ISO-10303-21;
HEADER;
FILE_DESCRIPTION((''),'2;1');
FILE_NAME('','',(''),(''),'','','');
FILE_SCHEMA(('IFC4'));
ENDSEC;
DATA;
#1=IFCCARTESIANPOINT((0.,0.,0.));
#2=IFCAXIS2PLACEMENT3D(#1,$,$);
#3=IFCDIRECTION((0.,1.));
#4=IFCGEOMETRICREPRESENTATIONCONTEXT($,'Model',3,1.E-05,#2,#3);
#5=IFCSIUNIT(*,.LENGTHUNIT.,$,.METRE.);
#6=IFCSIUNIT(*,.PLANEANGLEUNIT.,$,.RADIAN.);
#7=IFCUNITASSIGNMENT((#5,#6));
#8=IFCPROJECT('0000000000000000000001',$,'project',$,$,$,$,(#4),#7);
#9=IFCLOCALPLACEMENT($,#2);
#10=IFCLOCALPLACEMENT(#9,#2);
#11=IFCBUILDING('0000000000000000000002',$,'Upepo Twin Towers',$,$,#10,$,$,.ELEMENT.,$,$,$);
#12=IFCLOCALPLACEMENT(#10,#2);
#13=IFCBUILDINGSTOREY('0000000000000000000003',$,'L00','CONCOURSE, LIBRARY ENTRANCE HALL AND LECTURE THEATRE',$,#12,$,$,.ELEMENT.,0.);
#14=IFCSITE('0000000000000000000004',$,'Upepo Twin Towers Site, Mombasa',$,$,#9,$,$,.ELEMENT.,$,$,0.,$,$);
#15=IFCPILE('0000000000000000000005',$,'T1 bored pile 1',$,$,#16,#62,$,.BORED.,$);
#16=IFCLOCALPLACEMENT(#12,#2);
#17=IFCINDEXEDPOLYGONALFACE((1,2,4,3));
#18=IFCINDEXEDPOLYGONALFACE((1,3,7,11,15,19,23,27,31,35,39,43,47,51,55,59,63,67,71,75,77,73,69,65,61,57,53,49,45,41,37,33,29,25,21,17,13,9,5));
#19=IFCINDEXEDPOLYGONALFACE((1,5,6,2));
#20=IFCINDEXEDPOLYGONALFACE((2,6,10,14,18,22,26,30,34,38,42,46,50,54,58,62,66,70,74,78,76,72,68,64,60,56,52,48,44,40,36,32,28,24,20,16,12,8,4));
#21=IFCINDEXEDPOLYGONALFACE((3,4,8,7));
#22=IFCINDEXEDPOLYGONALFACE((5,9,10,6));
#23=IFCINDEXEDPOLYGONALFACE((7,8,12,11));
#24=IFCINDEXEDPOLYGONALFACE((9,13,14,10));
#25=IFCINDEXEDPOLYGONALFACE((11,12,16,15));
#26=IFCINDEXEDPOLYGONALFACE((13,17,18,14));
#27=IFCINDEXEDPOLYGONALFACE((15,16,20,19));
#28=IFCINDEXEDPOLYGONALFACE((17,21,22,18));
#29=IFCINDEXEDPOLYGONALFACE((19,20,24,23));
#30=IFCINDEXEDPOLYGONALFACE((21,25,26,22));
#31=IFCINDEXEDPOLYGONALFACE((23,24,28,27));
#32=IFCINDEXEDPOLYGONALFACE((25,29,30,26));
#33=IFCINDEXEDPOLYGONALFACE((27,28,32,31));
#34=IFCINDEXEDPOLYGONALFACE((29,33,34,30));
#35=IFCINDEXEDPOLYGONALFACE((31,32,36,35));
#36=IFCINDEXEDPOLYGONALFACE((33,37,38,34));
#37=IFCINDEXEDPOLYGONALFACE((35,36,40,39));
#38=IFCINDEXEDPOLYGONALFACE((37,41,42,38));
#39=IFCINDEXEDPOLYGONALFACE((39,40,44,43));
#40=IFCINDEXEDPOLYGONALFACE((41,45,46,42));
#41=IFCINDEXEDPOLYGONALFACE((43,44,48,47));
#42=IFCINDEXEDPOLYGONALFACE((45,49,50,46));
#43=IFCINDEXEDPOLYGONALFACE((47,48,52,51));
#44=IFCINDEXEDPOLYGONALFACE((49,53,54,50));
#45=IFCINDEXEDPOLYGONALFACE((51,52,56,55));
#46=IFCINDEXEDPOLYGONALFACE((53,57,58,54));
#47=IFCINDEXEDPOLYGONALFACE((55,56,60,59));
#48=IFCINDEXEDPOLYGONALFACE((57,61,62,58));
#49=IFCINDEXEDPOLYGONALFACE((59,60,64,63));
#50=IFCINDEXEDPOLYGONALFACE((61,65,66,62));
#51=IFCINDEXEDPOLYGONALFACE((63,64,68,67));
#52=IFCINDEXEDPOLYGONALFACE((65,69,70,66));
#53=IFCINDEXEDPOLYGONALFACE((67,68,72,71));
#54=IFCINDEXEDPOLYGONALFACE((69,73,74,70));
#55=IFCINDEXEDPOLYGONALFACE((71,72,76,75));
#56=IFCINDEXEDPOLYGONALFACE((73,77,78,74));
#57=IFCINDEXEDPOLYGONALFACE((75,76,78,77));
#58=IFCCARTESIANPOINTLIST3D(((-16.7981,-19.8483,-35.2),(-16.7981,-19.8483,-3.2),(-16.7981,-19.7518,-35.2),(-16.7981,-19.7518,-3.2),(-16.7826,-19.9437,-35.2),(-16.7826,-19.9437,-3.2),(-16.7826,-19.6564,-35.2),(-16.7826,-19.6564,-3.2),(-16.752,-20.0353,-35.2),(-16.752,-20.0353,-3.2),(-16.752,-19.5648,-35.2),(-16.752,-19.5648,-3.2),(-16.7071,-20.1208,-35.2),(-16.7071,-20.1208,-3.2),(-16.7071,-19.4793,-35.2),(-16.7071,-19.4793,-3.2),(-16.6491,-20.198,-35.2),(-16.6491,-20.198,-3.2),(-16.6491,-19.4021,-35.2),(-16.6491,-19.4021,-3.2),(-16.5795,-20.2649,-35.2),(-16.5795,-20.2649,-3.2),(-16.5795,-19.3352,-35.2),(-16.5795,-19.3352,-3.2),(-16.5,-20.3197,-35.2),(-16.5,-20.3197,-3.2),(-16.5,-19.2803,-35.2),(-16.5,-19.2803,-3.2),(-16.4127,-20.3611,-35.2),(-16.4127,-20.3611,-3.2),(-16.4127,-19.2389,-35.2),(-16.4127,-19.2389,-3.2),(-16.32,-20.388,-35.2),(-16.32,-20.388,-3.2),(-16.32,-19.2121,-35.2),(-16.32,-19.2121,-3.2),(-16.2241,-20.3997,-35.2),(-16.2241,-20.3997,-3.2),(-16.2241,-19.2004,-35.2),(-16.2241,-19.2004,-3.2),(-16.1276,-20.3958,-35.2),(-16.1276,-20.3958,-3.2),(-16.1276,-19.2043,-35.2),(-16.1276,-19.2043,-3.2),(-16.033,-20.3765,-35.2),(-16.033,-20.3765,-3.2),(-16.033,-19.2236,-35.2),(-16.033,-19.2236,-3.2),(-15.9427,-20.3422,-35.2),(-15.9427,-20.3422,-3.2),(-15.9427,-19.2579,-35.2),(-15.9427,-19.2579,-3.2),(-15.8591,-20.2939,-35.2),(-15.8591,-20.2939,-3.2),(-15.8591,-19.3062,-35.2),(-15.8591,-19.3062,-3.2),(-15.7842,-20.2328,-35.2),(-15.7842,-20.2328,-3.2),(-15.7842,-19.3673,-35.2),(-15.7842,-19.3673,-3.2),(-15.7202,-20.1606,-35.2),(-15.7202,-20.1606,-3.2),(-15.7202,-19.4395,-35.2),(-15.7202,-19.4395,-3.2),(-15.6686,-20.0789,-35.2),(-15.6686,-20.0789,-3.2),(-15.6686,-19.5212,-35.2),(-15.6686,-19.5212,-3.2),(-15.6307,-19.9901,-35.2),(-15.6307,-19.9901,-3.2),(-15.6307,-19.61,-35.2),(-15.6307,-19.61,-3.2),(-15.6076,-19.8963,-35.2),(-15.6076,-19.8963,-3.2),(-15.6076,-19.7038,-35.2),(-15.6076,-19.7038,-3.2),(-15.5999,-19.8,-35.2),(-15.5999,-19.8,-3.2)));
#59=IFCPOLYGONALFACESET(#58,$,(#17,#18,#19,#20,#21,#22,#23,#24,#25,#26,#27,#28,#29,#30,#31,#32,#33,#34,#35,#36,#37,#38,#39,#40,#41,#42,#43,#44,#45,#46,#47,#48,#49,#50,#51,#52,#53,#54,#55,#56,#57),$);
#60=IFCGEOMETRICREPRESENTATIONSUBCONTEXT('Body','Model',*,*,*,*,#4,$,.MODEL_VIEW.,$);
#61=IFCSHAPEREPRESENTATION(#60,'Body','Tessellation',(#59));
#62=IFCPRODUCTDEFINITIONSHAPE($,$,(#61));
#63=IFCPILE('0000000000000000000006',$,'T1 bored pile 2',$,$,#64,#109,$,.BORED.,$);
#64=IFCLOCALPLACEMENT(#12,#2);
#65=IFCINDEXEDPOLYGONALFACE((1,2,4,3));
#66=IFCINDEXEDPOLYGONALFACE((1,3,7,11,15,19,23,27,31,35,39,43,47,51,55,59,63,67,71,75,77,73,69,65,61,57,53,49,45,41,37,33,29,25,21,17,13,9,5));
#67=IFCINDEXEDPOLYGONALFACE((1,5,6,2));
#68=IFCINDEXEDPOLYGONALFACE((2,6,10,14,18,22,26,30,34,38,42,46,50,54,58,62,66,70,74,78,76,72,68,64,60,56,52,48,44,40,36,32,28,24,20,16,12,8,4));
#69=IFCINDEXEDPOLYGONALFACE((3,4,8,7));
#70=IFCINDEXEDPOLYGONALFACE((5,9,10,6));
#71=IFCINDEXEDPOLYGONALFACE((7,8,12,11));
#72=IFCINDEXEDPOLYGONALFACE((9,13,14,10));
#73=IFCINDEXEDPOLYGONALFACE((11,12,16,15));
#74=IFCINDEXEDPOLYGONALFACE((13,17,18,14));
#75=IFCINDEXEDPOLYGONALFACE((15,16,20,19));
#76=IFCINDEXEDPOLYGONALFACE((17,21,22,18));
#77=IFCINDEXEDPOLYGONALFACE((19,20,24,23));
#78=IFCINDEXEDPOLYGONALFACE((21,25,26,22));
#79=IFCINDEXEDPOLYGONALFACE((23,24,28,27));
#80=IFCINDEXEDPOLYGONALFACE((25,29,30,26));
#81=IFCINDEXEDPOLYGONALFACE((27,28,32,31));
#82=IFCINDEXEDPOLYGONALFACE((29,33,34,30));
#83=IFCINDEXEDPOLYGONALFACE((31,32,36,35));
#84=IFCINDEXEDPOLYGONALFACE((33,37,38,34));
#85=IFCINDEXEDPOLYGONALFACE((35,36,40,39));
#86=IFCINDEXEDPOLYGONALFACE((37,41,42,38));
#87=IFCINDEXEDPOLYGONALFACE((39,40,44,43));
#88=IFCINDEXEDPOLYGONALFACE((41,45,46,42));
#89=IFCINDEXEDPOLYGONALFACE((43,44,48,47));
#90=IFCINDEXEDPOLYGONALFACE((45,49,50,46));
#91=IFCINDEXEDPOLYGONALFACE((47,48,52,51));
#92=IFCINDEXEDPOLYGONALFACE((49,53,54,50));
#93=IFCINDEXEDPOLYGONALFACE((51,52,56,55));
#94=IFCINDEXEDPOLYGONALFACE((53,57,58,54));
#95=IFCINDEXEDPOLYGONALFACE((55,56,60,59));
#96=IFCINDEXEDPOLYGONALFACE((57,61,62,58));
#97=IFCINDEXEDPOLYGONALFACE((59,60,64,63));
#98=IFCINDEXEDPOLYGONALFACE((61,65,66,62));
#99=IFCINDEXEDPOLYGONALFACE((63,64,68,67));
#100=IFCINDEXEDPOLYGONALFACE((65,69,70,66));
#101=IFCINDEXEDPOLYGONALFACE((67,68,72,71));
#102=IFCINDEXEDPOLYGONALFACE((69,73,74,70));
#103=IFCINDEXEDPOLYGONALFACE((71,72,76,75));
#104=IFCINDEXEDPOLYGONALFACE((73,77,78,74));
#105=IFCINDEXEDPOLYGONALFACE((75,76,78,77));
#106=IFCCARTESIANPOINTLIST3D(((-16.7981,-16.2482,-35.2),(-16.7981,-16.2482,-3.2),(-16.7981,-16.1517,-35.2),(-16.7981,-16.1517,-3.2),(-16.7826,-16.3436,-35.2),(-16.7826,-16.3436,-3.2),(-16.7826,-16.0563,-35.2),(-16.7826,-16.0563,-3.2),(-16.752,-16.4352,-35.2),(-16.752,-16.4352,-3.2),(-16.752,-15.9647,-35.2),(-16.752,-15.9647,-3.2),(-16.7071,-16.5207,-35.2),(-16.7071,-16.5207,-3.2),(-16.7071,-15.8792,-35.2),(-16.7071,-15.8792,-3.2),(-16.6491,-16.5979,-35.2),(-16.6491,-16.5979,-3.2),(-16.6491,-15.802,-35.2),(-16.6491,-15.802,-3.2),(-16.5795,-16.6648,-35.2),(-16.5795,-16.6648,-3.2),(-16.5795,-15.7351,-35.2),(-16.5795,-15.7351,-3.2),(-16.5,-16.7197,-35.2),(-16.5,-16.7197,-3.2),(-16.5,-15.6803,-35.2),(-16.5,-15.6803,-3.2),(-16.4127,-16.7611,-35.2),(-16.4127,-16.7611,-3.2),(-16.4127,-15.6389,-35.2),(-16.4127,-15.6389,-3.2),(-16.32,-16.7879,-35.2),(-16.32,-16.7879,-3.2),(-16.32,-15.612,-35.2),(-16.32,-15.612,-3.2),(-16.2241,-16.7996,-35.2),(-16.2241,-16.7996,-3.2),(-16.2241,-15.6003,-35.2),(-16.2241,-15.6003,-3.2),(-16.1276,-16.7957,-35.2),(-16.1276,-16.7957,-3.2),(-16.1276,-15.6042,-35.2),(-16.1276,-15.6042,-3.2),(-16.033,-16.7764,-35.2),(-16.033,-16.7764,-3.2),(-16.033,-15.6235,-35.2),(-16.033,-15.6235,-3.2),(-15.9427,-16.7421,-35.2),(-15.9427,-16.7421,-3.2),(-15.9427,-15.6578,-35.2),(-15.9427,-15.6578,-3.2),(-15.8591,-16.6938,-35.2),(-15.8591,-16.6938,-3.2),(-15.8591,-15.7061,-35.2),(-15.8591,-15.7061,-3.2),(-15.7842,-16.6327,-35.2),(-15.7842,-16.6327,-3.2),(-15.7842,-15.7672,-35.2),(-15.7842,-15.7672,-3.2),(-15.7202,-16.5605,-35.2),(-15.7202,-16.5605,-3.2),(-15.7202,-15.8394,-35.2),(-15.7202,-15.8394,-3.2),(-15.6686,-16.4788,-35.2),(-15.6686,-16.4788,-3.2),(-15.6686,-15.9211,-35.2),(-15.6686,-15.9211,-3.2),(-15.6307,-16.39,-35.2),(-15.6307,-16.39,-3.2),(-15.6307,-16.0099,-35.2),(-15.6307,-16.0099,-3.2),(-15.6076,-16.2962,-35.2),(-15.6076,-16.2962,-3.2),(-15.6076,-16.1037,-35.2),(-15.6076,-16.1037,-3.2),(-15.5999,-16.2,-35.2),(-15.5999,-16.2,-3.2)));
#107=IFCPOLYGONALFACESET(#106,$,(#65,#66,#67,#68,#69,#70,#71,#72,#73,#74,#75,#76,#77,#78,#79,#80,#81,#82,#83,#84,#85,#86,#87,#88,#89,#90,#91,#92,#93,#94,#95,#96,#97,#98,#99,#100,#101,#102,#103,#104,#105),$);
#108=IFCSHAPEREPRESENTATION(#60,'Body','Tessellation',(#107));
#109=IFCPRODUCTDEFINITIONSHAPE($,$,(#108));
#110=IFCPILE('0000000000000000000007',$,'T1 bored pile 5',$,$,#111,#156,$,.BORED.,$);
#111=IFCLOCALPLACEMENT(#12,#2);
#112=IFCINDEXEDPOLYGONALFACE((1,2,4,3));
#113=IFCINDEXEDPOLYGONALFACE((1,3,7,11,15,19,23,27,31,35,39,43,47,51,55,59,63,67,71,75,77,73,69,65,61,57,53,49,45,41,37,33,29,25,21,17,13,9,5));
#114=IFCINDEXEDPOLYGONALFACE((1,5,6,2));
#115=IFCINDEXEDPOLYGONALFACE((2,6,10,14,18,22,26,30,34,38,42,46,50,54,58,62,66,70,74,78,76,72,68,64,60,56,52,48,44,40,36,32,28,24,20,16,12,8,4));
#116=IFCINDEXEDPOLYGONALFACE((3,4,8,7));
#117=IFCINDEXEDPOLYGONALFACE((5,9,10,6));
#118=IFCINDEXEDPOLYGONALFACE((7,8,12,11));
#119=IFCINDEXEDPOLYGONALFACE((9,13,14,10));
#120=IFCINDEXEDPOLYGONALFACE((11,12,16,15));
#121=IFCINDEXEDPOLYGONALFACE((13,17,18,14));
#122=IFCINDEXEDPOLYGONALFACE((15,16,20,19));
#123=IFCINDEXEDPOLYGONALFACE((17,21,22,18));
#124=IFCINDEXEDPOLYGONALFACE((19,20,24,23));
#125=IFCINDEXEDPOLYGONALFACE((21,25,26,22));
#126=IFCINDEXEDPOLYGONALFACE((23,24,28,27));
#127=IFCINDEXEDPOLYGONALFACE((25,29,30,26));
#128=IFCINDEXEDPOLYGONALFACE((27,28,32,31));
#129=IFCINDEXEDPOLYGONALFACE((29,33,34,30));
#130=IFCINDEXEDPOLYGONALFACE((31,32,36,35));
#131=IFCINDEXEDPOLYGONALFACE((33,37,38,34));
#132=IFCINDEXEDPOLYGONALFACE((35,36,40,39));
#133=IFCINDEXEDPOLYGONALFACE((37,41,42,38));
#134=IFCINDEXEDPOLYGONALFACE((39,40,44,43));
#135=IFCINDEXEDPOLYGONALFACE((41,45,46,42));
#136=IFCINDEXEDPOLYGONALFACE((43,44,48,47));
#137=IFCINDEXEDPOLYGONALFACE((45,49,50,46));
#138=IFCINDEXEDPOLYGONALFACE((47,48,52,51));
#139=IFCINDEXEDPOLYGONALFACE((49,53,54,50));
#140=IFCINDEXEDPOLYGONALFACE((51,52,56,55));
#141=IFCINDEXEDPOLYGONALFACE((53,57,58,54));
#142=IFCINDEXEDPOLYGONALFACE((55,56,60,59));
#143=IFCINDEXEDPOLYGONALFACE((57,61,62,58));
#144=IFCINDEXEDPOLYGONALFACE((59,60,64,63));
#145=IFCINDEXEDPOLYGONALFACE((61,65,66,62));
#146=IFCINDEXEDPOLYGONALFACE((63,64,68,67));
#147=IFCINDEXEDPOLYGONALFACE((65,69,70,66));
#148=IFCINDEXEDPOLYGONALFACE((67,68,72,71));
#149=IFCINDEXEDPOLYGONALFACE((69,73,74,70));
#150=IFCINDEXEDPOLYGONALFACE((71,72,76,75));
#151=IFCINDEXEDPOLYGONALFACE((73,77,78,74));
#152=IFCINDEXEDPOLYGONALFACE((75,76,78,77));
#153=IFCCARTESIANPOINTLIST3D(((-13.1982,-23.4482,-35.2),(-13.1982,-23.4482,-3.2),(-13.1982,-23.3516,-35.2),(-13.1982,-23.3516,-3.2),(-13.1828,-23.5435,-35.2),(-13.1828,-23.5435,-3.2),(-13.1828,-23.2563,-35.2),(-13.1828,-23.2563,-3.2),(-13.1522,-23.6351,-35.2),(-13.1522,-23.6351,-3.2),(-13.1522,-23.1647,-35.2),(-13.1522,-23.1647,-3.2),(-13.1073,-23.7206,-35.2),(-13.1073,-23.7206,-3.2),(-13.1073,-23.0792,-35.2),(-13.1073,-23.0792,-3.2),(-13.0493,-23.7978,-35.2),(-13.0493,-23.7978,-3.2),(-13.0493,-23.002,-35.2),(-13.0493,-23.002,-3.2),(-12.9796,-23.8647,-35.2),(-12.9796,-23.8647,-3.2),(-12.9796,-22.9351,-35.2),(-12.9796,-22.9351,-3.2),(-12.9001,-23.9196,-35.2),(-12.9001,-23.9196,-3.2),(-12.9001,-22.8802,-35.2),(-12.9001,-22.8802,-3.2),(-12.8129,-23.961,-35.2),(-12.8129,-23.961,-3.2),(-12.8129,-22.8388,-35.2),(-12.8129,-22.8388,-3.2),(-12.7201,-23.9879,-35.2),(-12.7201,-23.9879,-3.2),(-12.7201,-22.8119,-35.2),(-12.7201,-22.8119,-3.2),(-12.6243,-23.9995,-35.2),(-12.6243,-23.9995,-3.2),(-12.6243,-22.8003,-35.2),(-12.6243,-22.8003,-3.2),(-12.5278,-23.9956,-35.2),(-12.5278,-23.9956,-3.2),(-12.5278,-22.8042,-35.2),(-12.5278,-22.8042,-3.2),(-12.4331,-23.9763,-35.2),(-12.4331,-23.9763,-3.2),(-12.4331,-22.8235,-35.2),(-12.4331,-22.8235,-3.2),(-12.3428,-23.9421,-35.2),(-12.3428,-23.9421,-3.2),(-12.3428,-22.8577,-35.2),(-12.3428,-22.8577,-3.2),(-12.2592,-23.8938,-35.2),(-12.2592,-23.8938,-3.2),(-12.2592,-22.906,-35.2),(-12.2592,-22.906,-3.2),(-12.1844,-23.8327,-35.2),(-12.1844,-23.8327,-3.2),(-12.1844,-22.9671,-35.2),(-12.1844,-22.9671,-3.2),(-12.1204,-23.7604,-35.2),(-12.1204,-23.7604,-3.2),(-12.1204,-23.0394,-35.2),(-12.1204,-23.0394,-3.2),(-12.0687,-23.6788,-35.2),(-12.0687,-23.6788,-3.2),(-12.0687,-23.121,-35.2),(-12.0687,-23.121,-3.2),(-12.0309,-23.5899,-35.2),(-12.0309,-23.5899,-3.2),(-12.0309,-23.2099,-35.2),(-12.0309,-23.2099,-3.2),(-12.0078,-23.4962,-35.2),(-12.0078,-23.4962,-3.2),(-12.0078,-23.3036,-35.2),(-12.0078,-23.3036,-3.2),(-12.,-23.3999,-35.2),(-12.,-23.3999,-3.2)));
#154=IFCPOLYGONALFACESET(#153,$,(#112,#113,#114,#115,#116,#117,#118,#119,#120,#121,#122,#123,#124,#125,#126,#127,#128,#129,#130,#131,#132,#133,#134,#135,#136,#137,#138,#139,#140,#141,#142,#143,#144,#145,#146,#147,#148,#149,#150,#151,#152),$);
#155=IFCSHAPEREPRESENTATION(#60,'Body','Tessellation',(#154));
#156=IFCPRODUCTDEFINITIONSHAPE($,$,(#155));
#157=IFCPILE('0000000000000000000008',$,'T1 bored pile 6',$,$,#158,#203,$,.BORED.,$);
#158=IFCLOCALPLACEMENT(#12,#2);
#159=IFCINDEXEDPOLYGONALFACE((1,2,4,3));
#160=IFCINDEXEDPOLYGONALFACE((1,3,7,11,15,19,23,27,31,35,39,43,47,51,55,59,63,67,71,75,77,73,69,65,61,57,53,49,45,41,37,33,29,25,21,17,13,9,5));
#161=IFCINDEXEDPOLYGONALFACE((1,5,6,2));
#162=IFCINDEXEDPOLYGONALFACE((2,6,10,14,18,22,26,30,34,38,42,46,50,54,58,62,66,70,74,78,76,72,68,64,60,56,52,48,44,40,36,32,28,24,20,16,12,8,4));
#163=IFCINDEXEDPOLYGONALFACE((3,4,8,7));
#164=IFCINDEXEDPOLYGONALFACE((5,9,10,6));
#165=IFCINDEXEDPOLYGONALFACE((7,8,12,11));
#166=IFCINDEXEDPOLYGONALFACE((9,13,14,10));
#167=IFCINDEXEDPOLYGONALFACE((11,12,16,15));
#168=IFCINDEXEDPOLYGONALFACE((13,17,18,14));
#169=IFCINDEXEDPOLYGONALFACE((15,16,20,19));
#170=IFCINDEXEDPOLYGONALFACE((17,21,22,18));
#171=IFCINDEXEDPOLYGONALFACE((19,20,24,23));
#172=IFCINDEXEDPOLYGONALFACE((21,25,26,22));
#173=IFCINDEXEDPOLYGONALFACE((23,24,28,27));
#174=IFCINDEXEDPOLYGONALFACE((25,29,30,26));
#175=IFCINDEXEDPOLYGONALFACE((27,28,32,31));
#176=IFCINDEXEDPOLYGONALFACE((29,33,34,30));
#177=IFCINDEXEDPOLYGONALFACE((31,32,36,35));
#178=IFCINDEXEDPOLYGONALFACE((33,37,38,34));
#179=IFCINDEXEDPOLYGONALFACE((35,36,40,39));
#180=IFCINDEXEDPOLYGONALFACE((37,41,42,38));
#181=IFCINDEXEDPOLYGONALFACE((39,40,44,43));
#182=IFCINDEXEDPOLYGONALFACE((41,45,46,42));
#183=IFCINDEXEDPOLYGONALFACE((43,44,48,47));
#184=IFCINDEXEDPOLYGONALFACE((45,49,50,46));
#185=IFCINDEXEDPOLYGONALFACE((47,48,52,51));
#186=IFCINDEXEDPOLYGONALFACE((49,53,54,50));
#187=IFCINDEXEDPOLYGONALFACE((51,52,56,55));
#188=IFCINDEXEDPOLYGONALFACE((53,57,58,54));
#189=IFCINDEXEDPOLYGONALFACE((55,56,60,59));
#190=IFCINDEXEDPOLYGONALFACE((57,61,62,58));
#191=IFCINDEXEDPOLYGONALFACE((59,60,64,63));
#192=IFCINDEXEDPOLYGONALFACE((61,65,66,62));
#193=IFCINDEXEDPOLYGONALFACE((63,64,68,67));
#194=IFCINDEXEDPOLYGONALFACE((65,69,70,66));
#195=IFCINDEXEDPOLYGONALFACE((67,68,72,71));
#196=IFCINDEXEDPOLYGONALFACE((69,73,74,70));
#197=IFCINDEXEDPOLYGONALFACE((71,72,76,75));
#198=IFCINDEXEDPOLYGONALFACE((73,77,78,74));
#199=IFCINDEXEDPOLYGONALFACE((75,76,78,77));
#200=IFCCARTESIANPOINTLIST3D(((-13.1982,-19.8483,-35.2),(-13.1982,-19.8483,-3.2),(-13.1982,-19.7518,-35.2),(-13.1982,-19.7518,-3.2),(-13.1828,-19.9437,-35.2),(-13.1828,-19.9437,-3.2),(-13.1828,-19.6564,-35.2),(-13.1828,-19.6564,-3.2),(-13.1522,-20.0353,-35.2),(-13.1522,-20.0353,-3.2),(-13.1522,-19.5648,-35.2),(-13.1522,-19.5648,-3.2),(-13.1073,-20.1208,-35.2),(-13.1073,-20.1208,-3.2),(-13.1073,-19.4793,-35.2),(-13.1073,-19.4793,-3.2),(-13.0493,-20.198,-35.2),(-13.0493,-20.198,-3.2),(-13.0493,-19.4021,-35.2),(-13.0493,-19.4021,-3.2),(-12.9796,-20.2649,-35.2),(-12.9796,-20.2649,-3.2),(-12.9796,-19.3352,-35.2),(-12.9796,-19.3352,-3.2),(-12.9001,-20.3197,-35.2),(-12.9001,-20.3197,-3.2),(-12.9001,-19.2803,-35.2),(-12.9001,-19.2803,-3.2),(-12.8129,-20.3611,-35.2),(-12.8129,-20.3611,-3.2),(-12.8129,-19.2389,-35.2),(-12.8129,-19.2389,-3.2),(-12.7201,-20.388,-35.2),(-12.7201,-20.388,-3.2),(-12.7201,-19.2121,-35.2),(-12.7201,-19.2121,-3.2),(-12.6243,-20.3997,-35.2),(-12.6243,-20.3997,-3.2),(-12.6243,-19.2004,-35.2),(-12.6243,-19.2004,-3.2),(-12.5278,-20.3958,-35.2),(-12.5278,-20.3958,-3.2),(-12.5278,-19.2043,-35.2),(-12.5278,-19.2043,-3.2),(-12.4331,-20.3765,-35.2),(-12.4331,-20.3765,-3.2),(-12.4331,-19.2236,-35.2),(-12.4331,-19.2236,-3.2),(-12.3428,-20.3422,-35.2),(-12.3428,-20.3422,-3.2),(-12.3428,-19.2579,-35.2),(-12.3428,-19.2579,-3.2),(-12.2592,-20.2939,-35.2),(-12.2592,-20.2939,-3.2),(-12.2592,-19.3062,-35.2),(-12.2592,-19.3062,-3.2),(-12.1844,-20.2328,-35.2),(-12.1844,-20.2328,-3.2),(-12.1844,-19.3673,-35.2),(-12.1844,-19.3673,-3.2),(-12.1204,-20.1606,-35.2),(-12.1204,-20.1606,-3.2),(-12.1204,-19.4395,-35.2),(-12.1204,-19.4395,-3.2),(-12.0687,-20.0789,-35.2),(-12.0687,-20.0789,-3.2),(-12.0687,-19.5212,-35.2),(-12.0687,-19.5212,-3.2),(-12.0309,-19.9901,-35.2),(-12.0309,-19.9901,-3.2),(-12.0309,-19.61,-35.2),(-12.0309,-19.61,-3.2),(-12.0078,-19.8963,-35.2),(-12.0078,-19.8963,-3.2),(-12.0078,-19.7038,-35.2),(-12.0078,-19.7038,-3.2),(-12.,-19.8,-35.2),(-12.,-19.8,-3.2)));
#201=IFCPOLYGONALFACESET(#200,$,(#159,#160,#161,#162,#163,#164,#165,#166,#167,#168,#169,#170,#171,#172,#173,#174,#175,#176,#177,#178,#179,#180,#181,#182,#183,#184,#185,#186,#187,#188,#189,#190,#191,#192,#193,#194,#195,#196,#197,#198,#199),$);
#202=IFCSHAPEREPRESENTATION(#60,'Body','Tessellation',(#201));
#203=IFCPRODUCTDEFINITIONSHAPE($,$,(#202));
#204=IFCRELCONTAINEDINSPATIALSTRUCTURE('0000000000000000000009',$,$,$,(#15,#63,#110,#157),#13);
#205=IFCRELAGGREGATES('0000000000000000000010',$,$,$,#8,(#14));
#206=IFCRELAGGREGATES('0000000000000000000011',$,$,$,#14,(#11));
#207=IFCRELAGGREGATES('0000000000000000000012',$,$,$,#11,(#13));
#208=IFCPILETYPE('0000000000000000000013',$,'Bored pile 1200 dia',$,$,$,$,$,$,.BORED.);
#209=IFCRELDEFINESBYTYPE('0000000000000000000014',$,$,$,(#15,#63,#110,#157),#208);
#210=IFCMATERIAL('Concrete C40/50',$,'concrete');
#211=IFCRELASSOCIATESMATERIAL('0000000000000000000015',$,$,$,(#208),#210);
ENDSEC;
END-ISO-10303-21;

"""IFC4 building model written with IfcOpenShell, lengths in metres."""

from ifc_helpers import new_model, si_unit, direction, frame, origin, origin_2d, place, context, subcontext, project, spatial, circle, extrude, material, type_object, element, save


model = new_model("IFC4")

# Units and contexts
model_context = context("Model", 3, precision=1e-05, world=origin(), true_north=direction((0.0, 1.0)))
body_context = subcontext(model_context, "Body", "Model", "MODEL_VIEW")
ifc_project = project(units=[si_unit("LENGTHUNIT", "METRE"), si_unit("PLANEANGLEUNIT", "RADIAN")], contexts=[model_context])

# Site, building, storey
site_placement = place(None, origin())
site = spatial("IfcSite", under=ifc_project, at=site_placement, Name="Upepo Twin Towers Site, Mombasa", CompositionType="ELEMENT", RefElevation=0.0)
building_placement = place(site_placement, origin())
building = spatial("IfcBuilding", under=site, at=building_placement, Name="Upepo Twin Towers", CompositionType="ELEMENT")
storey_placement = place(building_placement, origin())
storey = spatial("IfcBuildingStorey", under=building, at=storey_placement, Name="L00", Description="CONCOURSE, LIBRARY ENTRANCE HALL AND LECTURE THEATRE", CompositionType="ELEMENT", Elevation=0.0)

# Piles
ifc_material_1 = material(Name="Concrete C40/50", Category="concrete")
pile_type = type_object("IfcPileType", Name="Bored pile 1200 dia", PredefinedType="BORED", material=ifc_material_1)
for number, where, z_axis, x_axis, name in (
    (1, (-16.2, -19.8, -3.2), (0.0, 0.0, -1.0), (1.0, 0.0, 0.0), "T1 bored pile 1"),
    (2, (-16.2, -16.2, -3.2), (0.0, 0.0, -1.0), (1.0, 0.0, 0.0), "T1 bored pile 2"),
    (3, (-12.6001, -23.3999, -3.2), (0.0, 0.0, -1.0), (1.0, 0.0, 0.0), "T1 bored pile 5"),
    (4, (-12.6001, -19.8, -3.2), (0.0, 0.0, -1.0), (1.0, 0.0, 0.0), "T1 bored pile 6"),
):
    element("IfcPile", number, at=place(storey_placement, frame(where, z_axis=z_axis, x_axis=x_axis)), inside=storey, type_object=pile_type, Name=name, PredefinedType="BORED", context=body_context, shape_type="SweptSolid", body=[
        extrude(circle(Radius=0.6001, at=origin_2d()), origin(), (0.0, 0.0, 1.0), 32.0),
    ])

save(model, "model.ifc")
